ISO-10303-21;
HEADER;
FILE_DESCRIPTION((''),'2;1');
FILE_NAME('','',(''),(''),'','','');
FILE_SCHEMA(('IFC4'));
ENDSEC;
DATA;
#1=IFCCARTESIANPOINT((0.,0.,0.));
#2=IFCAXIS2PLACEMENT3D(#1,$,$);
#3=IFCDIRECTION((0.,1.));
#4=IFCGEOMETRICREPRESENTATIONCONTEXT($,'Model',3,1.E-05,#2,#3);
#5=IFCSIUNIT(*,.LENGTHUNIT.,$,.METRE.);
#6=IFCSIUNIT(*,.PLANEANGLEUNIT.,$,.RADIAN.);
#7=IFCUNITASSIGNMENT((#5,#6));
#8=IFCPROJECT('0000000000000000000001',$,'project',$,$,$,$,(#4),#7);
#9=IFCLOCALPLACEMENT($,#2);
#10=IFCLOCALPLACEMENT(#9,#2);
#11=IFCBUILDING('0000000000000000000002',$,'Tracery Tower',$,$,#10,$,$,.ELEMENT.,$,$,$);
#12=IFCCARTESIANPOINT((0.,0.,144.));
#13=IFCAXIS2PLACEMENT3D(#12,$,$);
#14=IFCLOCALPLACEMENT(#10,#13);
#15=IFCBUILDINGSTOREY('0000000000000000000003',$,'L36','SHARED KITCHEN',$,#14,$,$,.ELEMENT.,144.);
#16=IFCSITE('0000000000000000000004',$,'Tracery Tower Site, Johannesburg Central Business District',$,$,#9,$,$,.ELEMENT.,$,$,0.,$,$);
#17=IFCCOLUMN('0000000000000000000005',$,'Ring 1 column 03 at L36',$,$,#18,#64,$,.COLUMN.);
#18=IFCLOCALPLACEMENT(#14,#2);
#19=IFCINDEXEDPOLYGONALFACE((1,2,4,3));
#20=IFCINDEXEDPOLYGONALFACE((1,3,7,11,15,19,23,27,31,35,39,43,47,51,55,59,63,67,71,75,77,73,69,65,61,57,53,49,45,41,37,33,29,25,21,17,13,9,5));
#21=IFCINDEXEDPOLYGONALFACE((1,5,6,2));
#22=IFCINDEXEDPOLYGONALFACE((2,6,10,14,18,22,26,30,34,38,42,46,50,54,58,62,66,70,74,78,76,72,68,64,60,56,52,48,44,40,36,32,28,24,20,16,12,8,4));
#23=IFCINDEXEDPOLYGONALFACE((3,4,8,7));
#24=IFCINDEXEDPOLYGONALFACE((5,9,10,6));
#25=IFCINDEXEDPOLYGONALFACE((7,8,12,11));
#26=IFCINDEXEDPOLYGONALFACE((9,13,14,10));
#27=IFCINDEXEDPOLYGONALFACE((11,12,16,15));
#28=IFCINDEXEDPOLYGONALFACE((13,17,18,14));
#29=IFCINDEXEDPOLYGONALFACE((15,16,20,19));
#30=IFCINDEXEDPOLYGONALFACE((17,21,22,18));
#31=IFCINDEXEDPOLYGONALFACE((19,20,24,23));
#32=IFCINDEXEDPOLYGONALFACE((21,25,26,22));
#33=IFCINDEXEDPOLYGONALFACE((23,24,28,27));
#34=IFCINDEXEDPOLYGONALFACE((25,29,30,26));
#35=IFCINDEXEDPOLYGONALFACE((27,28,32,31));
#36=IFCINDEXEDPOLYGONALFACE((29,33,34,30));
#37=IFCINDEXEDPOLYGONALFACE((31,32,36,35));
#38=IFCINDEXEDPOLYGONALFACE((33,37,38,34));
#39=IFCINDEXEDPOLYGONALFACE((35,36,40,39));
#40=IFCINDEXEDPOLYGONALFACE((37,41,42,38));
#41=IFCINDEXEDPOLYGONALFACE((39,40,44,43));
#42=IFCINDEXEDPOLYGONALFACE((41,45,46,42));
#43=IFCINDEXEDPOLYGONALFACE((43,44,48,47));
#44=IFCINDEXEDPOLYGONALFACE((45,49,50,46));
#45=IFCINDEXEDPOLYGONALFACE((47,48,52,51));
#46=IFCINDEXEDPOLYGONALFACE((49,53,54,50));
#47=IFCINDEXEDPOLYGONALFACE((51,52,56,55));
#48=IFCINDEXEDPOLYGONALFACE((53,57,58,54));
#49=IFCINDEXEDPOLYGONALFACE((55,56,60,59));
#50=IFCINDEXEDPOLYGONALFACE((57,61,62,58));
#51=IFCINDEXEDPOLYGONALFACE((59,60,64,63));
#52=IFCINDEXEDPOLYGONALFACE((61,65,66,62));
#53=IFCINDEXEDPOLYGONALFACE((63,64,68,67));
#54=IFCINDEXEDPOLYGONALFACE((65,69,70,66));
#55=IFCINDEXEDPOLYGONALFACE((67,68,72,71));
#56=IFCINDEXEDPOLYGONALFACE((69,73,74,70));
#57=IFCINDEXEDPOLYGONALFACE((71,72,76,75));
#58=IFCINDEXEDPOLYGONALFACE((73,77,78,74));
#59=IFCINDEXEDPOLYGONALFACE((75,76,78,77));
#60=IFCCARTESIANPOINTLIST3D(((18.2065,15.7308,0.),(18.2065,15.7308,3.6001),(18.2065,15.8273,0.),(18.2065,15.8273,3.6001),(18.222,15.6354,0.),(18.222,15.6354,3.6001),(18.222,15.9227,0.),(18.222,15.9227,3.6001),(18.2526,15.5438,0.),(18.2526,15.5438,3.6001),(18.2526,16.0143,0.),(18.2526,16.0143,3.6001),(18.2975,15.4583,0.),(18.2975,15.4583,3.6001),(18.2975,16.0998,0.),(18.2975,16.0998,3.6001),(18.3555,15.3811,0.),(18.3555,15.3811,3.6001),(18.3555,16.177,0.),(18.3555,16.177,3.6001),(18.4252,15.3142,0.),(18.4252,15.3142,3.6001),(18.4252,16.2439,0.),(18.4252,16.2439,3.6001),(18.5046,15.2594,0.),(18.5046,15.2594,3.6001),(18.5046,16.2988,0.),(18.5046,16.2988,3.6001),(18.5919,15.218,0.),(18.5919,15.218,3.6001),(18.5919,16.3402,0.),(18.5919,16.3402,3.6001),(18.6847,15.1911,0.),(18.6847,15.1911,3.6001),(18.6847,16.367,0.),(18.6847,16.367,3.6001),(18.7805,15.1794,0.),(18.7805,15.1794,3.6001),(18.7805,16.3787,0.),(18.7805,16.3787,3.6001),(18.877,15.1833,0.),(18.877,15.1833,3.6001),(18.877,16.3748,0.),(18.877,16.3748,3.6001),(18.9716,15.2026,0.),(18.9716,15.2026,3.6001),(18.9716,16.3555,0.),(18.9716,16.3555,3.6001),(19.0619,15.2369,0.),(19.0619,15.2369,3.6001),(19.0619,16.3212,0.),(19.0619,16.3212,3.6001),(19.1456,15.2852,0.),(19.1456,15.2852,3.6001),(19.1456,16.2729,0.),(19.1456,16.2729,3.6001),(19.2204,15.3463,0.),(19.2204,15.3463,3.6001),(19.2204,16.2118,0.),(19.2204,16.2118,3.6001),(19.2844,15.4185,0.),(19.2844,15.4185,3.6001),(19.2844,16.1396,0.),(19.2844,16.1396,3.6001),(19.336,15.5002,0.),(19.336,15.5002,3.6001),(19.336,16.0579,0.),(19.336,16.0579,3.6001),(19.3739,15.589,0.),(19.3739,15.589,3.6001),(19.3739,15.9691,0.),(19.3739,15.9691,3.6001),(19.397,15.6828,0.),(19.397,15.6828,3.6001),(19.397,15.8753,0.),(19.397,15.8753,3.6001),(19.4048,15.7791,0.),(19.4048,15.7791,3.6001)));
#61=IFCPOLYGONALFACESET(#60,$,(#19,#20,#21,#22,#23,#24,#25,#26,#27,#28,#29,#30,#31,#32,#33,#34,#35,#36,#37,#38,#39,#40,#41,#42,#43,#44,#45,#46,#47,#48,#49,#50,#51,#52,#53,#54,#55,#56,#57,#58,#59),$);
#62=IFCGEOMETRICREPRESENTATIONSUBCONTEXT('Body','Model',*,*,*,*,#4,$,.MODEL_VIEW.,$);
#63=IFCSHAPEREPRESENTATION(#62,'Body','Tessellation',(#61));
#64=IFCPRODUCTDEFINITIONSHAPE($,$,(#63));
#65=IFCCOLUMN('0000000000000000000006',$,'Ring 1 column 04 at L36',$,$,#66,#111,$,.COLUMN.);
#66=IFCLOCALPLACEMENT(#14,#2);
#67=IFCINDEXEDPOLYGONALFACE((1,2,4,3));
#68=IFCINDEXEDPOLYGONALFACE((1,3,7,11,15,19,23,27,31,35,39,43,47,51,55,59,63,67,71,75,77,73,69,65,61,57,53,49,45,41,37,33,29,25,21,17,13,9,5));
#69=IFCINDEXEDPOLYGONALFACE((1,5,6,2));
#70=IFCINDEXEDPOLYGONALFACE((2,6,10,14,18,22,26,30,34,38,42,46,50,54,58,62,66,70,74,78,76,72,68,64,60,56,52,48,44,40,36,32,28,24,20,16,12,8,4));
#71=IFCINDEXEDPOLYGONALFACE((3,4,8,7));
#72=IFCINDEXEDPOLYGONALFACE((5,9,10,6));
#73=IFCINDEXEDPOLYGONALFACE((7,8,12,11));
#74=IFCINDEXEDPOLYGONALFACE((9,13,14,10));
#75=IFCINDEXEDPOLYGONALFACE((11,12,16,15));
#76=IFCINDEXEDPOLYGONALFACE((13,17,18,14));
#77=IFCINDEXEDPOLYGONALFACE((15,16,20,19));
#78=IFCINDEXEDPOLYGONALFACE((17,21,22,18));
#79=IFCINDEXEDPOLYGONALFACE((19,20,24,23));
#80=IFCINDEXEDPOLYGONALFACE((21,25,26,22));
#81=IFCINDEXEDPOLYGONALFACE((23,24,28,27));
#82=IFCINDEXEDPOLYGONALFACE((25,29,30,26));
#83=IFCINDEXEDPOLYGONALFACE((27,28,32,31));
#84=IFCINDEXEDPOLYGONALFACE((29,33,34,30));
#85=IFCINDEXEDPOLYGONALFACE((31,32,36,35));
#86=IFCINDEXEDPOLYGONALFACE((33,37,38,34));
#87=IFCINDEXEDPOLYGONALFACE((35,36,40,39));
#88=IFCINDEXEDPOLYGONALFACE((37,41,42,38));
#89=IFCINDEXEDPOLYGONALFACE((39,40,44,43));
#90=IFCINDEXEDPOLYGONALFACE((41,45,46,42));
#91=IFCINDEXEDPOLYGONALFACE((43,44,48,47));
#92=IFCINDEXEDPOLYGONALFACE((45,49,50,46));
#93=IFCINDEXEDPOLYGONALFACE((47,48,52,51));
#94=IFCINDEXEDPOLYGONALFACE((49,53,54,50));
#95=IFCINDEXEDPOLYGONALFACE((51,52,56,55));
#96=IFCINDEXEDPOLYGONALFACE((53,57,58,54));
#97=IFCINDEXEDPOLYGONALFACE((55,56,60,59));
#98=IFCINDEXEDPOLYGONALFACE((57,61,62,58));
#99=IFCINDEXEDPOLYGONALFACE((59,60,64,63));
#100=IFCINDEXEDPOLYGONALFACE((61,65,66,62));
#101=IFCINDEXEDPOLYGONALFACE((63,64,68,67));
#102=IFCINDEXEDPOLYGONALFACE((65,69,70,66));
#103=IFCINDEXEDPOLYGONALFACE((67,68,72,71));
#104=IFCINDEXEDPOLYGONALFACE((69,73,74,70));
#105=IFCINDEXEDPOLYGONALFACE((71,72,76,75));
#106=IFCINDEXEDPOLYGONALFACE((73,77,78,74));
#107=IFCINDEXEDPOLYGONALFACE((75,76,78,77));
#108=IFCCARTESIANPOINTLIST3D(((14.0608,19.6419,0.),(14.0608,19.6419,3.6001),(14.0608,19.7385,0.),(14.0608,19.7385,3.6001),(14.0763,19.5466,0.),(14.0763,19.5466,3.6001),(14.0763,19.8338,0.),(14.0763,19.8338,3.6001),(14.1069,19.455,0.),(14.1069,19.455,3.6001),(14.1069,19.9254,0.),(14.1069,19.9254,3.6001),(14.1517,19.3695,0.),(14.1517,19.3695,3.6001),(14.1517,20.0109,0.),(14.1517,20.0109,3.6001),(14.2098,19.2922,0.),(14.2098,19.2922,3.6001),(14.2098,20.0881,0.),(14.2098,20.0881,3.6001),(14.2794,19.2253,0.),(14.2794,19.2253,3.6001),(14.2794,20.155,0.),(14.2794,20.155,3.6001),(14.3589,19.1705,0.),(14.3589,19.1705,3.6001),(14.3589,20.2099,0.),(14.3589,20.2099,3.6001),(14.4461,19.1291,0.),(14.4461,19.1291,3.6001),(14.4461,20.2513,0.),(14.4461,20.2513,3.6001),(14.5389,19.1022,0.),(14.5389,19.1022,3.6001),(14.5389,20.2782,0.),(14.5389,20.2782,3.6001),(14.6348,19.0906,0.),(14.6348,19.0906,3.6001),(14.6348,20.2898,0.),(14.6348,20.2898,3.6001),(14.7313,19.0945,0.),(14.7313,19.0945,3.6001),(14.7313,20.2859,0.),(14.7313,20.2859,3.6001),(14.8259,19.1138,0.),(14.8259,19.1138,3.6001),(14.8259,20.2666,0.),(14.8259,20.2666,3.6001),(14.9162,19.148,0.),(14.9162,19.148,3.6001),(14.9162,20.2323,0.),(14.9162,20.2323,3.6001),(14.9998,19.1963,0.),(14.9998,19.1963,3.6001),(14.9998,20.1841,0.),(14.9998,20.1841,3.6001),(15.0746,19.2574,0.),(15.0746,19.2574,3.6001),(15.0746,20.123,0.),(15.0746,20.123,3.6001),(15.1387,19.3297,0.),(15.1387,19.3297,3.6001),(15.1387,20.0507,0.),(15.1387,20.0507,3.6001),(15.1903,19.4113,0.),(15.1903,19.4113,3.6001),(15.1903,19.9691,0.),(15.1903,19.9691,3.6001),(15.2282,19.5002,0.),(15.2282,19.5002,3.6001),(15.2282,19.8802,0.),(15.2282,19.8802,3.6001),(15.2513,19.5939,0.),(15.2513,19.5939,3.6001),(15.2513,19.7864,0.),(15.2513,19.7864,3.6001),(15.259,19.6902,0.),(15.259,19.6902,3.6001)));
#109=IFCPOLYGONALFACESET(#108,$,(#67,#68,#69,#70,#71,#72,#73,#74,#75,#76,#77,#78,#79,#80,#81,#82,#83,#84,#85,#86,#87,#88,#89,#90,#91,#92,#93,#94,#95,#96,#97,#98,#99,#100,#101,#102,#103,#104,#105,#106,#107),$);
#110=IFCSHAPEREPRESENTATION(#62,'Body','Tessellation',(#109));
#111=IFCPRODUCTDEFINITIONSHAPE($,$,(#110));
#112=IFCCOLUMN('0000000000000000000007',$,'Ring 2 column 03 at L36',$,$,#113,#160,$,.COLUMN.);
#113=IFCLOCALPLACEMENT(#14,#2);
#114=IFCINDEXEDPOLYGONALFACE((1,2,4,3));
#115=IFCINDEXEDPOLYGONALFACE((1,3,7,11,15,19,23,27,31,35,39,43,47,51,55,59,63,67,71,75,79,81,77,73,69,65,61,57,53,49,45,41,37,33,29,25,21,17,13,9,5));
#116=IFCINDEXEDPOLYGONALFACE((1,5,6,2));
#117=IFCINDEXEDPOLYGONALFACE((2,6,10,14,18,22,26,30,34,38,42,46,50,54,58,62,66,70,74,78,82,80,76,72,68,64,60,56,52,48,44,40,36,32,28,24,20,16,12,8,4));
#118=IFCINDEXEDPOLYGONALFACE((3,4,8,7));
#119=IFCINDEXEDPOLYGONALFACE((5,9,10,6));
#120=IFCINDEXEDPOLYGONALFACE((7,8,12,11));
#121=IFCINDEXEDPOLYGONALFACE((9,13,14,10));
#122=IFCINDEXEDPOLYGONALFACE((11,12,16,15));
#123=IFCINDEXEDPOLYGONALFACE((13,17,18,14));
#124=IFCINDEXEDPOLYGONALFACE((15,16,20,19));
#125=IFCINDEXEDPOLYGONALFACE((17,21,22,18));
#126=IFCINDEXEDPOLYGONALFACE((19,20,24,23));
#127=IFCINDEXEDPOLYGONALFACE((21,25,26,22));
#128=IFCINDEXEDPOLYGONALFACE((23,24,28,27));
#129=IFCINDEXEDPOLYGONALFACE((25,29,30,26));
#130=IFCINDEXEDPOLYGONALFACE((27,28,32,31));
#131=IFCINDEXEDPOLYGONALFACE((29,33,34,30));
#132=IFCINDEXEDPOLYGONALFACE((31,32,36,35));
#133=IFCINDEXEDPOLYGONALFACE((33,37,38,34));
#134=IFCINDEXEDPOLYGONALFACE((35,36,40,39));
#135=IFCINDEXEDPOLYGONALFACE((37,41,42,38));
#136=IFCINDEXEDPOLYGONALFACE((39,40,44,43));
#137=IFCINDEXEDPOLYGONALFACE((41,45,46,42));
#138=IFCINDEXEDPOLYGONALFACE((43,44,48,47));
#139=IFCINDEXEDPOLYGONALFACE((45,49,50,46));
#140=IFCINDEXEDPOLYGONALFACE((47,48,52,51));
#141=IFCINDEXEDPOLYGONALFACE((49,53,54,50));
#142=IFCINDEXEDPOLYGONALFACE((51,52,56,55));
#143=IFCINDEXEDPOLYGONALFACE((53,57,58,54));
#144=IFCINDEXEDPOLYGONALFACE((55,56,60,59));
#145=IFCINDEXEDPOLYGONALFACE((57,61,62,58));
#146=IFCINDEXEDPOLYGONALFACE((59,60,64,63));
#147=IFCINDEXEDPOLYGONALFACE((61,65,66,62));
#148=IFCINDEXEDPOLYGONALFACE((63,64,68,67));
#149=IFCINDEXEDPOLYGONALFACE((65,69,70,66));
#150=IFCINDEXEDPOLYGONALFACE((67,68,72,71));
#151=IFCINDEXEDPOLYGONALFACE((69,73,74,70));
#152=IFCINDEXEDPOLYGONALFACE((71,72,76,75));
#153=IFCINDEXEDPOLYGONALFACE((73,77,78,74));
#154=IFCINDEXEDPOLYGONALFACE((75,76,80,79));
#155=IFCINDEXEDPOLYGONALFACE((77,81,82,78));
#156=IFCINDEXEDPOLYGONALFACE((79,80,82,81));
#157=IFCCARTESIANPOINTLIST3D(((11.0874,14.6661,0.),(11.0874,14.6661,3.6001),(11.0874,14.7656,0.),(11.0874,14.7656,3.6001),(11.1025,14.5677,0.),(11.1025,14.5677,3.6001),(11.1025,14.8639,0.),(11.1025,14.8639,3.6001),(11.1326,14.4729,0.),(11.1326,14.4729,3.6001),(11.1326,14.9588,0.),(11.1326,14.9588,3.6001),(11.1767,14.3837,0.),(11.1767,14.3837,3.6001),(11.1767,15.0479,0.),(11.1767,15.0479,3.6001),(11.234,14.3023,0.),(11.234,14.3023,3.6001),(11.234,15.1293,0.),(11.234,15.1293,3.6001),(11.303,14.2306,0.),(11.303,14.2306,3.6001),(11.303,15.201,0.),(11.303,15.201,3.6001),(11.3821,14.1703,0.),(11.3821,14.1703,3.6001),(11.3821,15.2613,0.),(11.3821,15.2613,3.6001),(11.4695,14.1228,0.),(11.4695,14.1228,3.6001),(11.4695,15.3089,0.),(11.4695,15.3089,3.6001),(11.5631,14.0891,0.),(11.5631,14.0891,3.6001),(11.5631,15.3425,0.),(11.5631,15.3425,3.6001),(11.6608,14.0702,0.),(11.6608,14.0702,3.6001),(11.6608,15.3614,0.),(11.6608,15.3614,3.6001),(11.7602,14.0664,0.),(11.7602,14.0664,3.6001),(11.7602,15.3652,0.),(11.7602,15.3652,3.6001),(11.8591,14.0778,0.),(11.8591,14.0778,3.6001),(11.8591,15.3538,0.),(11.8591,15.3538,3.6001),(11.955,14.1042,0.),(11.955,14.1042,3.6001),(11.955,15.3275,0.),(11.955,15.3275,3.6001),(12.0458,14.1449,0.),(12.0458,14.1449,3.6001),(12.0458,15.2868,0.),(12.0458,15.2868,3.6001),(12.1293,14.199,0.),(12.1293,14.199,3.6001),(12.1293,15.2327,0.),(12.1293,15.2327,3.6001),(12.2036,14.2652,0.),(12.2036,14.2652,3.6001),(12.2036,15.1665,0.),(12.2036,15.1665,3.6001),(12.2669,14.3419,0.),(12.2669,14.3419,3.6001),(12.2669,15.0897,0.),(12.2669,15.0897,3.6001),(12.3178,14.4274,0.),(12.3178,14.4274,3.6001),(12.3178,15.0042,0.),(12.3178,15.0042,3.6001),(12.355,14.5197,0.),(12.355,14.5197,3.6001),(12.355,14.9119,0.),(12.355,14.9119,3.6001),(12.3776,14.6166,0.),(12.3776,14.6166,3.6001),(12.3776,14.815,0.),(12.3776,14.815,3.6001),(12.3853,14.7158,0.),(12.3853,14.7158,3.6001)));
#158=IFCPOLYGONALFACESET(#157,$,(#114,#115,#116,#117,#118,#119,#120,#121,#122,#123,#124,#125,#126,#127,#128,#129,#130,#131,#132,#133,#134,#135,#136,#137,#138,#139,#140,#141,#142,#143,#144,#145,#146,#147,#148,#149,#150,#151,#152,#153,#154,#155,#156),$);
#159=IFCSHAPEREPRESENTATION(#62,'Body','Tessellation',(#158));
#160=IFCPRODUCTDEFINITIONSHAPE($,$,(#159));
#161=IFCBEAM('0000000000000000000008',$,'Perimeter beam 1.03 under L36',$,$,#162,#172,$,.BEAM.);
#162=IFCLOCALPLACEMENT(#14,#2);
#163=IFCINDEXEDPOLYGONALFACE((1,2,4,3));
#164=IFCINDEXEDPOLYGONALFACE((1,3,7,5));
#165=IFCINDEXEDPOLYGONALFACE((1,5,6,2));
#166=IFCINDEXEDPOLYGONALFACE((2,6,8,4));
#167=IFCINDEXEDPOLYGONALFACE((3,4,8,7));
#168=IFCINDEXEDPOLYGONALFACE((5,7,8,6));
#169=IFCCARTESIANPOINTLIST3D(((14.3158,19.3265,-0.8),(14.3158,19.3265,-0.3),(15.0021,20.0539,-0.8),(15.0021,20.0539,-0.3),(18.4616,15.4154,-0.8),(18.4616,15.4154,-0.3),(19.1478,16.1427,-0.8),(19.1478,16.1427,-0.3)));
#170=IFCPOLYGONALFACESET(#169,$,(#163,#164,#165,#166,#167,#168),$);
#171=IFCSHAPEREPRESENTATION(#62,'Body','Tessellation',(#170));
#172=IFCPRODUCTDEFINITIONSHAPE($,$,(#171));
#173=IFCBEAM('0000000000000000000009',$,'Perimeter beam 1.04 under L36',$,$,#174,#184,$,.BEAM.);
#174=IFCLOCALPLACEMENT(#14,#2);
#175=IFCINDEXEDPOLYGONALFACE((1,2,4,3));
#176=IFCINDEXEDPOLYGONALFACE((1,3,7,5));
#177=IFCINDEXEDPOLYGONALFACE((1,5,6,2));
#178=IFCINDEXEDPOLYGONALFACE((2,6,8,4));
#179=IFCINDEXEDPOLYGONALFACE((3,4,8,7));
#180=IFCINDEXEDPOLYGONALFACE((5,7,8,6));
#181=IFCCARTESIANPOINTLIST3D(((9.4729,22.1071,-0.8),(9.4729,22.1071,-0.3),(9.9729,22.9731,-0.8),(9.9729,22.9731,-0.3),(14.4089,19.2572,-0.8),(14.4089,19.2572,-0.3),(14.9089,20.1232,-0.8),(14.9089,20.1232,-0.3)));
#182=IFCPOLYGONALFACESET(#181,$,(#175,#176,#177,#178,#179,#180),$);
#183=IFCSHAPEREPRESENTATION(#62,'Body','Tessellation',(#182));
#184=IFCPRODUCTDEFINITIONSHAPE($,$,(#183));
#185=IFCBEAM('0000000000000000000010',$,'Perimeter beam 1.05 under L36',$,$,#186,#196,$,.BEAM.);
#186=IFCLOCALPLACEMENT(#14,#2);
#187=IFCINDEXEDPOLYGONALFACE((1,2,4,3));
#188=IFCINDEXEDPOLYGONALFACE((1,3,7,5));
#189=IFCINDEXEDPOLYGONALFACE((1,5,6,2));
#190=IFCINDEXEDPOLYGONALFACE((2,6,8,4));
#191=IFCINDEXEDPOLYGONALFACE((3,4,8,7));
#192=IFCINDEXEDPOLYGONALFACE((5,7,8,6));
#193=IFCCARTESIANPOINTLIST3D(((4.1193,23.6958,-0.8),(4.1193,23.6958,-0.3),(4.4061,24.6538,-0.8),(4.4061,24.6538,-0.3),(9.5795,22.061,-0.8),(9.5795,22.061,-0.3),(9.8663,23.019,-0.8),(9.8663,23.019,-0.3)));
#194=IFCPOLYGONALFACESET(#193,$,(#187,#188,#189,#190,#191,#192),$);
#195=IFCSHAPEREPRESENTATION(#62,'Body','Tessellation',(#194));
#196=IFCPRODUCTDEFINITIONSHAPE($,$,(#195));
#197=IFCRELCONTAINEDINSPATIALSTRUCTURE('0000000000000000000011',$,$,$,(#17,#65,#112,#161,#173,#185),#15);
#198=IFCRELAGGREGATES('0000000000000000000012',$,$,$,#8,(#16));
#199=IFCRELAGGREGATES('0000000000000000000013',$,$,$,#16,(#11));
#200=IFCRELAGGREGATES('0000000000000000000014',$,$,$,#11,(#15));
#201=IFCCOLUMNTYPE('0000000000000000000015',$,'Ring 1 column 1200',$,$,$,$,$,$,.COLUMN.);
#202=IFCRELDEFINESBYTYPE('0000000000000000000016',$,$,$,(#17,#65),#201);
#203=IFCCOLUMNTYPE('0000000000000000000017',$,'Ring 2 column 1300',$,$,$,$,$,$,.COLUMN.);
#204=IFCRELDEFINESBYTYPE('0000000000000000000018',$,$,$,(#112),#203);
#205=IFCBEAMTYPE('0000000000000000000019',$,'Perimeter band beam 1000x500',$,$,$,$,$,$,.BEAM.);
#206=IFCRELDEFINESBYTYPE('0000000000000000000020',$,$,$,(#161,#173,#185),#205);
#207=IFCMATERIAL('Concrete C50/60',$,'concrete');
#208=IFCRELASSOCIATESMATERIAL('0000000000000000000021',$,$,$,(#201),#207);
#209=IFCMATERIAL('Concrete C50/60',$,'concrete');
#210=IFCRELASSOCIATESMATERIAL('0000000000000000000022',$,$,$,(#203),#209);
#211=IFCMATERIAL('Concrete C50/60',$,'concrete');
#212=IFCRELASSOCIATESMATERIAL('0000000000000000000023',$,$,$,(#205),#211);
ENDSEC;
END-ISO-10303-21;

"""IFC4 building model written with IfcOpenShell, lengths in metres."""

from ifc_helpers import new_model, si_unit, direction, frame, origin, origin_2d, place, context, subcontext, project, spatial, rectangle, circle, extrude, material, material_profile, profile_set, type_object, element, save


model = new_model("IFC4")

# Units and contexts
model_context = context("Model", 3, precision=1e-05, world=origin(), true_north=direction((0.0, 1.0)))
body_context = subcontext(model_context, "Body", "Model", "MODEL_VIEW")
ifc_project = project(units=[si_unit("LENGTHUNIT", "METRE"), si_unit("PLANEANGLEUNIT", "RADIAN")], contexts=[model_context])

# Site, building, storey
site_placement = place(None, origin())
site = spatial("IfcSite", under=ifc_project, at=site_placement, Name="Tracery Tower Site, Johannesburg Central Business District", CompositionType="ELEMENT", RefElevation=0.0)
building_placement = place(site_placement, origin())
building = spatial("IfcBuilding", under=site, at=building_placement, Name="Tracery Tower", CompositionType="ELEMENT")
storey_placement = place(building_placement, frame((0.0, 0.0, 144.0)))
storey = spatial("IfcBuildingStorey", under=building, at=storey_placement, Name="L36", Description="SHARED KITCHEN", CompositionType="ELEMENT", Elevation=144.0)

# Columns
ifc_material_1 = material(Name="Concrete C50/60", Category="concrete")
ifc_material_profile_1 = material_profile(ifc_material_1, circle(Radius=0.6001, at=origin_2d()), Name="RC D1200")
ifc_profile_set_1 = profile_set([ifc_material_profile_1], Name="Concrete C50/60")
column_type_1 = type_object("IfcColumnType", Name="Ring 1 column 1200", PredefinedType="COLUMN", material=ifc_profile_set_1)
for number, where, z_axis, x_axis, name in (
    (1, (18.8047, 15.7791, 0.0), (0.0, 0.0, 1.0), (1.0, 0.0, 0.0), "Ring 1 column 03 at L36"),
    (2, (14.6589, 19.6902, 0.0), (0.0, 0.0, 1.0), (1.0, 0.0, 0.0), "Ring 1 column 04 at L36"),
):
    element("IfcColumn", number, at=place(storey_placement, frame(where, z_axis=z_axis, x_axis=x_axis)), inside=storey, type_object=column_type_1, Name=name, PredefinedType="COLUMN", context=body_context, shape_type="SweptSolid", body=[
        extrude(circle(Radius=0.6001, at=origin_2d()), origin(), (0.0, 0.0, 1.0), 3.6001),
    ])
ifc_material_2 = material(Name="Concrete C50/60", Category="concrete")
ifc_material_profile_2 = material_profile(ifc_material_2, circle(Radius=0.6499, at=origin_2d()), Name="RC D1300")
ifc_profile_set_2 = profile_set([ifc_material_profile_2], Name="Concrete C50/60")
column_type_2 = type_object("IfcColumnType", Name="Ring 2 column 1300", PredefinedType="COLUMN", material=ifc_profile_set_2)
column_placement = place(storey_placement, frame((11.7354, 14.7158, 0.0), z_axis=(0.0, 0.0, 1.0), x_axis=(1.0, 0.0, 0.0)))
element("IfcColumn", 3, at=column_placement, inside=storey, type_object=column_type_2, Name="Ring 2 column 03 at L36", PredefinedType="COLUMN", context=body_context, shape_type="SweptSolid", body=[
    extrude(circle(Radius=0.6499, at=origin_2d()), origin(), (0.0, 0.0, 1.0), 3.6001),
])

# Beams
ifc_material_3 = material(Name="Concrete C50/60", Category="concrete")
ifc_material_profile_3 = material_profile(ifc_material_3, rectangle(XDim=1.0, YDim=0.5, at=origin_2d()), Name="RC 1000x500")
ifc_profile_set_3 = profile_set([ifc_material_profile_3], Name="Concrete C50/60")
beam_type = type_object("IfcBeamType", Name="Perimeter band beam 1000x500", PredefinedType="BEAM", material=ifc_profile_set_3)
beam_placement = place(storey_placement, frame((18.8047, 15.7791, -0.55), z_axis=(-0.72739, 0.686225, 0.0), x_axis=(-0.686225, -0.72739, 0.0)))
element("IfcBeam", 4, at=beam_placement, inside=storey, type_object=beam_type, Name="Perimeter beam 1.03 under L36", PredefinedType="BEAM", context=body_context, shape_type="SweptSolid", body=[
    extrude(rectangle(XDim=1.0, YDim=0.5, at=origin_2d()), origin(), (0.0, 0.0, 1.0), 5.6995),
])
for number, where, z_axis, x_axis, name in (
    (5, (14.6589, 19.6902, -0.55), (-0.866023, 0.500004, 0.0), (-0.500004, -0.866023, 0.0), "Perimeter beam 1.04 under L36"),
    (6, (9.7229, 22.54, -0.55), (-0.957985, 0.286817, 0.0), (-0.286817, -0.957985, 0.0), "Perimeter beam 1.05 under L36"),
):
    element("IfcBeam", number, at=place(storey_placement, frame(where, z_axis=z_axis, x_axis=x_axis)), inside=storey, type_object=beam_type, Name=name, PredefinedType="BEAM", context=body_context, shape_type="SweptSolid", body=[
        extrude(rectangle(XDim=1.0, YDim=0.5, at=origin_2d()), origin(), (0.0, 0.0, 1.0), 5.6997),
    ])

save(model, "model.ifc")
